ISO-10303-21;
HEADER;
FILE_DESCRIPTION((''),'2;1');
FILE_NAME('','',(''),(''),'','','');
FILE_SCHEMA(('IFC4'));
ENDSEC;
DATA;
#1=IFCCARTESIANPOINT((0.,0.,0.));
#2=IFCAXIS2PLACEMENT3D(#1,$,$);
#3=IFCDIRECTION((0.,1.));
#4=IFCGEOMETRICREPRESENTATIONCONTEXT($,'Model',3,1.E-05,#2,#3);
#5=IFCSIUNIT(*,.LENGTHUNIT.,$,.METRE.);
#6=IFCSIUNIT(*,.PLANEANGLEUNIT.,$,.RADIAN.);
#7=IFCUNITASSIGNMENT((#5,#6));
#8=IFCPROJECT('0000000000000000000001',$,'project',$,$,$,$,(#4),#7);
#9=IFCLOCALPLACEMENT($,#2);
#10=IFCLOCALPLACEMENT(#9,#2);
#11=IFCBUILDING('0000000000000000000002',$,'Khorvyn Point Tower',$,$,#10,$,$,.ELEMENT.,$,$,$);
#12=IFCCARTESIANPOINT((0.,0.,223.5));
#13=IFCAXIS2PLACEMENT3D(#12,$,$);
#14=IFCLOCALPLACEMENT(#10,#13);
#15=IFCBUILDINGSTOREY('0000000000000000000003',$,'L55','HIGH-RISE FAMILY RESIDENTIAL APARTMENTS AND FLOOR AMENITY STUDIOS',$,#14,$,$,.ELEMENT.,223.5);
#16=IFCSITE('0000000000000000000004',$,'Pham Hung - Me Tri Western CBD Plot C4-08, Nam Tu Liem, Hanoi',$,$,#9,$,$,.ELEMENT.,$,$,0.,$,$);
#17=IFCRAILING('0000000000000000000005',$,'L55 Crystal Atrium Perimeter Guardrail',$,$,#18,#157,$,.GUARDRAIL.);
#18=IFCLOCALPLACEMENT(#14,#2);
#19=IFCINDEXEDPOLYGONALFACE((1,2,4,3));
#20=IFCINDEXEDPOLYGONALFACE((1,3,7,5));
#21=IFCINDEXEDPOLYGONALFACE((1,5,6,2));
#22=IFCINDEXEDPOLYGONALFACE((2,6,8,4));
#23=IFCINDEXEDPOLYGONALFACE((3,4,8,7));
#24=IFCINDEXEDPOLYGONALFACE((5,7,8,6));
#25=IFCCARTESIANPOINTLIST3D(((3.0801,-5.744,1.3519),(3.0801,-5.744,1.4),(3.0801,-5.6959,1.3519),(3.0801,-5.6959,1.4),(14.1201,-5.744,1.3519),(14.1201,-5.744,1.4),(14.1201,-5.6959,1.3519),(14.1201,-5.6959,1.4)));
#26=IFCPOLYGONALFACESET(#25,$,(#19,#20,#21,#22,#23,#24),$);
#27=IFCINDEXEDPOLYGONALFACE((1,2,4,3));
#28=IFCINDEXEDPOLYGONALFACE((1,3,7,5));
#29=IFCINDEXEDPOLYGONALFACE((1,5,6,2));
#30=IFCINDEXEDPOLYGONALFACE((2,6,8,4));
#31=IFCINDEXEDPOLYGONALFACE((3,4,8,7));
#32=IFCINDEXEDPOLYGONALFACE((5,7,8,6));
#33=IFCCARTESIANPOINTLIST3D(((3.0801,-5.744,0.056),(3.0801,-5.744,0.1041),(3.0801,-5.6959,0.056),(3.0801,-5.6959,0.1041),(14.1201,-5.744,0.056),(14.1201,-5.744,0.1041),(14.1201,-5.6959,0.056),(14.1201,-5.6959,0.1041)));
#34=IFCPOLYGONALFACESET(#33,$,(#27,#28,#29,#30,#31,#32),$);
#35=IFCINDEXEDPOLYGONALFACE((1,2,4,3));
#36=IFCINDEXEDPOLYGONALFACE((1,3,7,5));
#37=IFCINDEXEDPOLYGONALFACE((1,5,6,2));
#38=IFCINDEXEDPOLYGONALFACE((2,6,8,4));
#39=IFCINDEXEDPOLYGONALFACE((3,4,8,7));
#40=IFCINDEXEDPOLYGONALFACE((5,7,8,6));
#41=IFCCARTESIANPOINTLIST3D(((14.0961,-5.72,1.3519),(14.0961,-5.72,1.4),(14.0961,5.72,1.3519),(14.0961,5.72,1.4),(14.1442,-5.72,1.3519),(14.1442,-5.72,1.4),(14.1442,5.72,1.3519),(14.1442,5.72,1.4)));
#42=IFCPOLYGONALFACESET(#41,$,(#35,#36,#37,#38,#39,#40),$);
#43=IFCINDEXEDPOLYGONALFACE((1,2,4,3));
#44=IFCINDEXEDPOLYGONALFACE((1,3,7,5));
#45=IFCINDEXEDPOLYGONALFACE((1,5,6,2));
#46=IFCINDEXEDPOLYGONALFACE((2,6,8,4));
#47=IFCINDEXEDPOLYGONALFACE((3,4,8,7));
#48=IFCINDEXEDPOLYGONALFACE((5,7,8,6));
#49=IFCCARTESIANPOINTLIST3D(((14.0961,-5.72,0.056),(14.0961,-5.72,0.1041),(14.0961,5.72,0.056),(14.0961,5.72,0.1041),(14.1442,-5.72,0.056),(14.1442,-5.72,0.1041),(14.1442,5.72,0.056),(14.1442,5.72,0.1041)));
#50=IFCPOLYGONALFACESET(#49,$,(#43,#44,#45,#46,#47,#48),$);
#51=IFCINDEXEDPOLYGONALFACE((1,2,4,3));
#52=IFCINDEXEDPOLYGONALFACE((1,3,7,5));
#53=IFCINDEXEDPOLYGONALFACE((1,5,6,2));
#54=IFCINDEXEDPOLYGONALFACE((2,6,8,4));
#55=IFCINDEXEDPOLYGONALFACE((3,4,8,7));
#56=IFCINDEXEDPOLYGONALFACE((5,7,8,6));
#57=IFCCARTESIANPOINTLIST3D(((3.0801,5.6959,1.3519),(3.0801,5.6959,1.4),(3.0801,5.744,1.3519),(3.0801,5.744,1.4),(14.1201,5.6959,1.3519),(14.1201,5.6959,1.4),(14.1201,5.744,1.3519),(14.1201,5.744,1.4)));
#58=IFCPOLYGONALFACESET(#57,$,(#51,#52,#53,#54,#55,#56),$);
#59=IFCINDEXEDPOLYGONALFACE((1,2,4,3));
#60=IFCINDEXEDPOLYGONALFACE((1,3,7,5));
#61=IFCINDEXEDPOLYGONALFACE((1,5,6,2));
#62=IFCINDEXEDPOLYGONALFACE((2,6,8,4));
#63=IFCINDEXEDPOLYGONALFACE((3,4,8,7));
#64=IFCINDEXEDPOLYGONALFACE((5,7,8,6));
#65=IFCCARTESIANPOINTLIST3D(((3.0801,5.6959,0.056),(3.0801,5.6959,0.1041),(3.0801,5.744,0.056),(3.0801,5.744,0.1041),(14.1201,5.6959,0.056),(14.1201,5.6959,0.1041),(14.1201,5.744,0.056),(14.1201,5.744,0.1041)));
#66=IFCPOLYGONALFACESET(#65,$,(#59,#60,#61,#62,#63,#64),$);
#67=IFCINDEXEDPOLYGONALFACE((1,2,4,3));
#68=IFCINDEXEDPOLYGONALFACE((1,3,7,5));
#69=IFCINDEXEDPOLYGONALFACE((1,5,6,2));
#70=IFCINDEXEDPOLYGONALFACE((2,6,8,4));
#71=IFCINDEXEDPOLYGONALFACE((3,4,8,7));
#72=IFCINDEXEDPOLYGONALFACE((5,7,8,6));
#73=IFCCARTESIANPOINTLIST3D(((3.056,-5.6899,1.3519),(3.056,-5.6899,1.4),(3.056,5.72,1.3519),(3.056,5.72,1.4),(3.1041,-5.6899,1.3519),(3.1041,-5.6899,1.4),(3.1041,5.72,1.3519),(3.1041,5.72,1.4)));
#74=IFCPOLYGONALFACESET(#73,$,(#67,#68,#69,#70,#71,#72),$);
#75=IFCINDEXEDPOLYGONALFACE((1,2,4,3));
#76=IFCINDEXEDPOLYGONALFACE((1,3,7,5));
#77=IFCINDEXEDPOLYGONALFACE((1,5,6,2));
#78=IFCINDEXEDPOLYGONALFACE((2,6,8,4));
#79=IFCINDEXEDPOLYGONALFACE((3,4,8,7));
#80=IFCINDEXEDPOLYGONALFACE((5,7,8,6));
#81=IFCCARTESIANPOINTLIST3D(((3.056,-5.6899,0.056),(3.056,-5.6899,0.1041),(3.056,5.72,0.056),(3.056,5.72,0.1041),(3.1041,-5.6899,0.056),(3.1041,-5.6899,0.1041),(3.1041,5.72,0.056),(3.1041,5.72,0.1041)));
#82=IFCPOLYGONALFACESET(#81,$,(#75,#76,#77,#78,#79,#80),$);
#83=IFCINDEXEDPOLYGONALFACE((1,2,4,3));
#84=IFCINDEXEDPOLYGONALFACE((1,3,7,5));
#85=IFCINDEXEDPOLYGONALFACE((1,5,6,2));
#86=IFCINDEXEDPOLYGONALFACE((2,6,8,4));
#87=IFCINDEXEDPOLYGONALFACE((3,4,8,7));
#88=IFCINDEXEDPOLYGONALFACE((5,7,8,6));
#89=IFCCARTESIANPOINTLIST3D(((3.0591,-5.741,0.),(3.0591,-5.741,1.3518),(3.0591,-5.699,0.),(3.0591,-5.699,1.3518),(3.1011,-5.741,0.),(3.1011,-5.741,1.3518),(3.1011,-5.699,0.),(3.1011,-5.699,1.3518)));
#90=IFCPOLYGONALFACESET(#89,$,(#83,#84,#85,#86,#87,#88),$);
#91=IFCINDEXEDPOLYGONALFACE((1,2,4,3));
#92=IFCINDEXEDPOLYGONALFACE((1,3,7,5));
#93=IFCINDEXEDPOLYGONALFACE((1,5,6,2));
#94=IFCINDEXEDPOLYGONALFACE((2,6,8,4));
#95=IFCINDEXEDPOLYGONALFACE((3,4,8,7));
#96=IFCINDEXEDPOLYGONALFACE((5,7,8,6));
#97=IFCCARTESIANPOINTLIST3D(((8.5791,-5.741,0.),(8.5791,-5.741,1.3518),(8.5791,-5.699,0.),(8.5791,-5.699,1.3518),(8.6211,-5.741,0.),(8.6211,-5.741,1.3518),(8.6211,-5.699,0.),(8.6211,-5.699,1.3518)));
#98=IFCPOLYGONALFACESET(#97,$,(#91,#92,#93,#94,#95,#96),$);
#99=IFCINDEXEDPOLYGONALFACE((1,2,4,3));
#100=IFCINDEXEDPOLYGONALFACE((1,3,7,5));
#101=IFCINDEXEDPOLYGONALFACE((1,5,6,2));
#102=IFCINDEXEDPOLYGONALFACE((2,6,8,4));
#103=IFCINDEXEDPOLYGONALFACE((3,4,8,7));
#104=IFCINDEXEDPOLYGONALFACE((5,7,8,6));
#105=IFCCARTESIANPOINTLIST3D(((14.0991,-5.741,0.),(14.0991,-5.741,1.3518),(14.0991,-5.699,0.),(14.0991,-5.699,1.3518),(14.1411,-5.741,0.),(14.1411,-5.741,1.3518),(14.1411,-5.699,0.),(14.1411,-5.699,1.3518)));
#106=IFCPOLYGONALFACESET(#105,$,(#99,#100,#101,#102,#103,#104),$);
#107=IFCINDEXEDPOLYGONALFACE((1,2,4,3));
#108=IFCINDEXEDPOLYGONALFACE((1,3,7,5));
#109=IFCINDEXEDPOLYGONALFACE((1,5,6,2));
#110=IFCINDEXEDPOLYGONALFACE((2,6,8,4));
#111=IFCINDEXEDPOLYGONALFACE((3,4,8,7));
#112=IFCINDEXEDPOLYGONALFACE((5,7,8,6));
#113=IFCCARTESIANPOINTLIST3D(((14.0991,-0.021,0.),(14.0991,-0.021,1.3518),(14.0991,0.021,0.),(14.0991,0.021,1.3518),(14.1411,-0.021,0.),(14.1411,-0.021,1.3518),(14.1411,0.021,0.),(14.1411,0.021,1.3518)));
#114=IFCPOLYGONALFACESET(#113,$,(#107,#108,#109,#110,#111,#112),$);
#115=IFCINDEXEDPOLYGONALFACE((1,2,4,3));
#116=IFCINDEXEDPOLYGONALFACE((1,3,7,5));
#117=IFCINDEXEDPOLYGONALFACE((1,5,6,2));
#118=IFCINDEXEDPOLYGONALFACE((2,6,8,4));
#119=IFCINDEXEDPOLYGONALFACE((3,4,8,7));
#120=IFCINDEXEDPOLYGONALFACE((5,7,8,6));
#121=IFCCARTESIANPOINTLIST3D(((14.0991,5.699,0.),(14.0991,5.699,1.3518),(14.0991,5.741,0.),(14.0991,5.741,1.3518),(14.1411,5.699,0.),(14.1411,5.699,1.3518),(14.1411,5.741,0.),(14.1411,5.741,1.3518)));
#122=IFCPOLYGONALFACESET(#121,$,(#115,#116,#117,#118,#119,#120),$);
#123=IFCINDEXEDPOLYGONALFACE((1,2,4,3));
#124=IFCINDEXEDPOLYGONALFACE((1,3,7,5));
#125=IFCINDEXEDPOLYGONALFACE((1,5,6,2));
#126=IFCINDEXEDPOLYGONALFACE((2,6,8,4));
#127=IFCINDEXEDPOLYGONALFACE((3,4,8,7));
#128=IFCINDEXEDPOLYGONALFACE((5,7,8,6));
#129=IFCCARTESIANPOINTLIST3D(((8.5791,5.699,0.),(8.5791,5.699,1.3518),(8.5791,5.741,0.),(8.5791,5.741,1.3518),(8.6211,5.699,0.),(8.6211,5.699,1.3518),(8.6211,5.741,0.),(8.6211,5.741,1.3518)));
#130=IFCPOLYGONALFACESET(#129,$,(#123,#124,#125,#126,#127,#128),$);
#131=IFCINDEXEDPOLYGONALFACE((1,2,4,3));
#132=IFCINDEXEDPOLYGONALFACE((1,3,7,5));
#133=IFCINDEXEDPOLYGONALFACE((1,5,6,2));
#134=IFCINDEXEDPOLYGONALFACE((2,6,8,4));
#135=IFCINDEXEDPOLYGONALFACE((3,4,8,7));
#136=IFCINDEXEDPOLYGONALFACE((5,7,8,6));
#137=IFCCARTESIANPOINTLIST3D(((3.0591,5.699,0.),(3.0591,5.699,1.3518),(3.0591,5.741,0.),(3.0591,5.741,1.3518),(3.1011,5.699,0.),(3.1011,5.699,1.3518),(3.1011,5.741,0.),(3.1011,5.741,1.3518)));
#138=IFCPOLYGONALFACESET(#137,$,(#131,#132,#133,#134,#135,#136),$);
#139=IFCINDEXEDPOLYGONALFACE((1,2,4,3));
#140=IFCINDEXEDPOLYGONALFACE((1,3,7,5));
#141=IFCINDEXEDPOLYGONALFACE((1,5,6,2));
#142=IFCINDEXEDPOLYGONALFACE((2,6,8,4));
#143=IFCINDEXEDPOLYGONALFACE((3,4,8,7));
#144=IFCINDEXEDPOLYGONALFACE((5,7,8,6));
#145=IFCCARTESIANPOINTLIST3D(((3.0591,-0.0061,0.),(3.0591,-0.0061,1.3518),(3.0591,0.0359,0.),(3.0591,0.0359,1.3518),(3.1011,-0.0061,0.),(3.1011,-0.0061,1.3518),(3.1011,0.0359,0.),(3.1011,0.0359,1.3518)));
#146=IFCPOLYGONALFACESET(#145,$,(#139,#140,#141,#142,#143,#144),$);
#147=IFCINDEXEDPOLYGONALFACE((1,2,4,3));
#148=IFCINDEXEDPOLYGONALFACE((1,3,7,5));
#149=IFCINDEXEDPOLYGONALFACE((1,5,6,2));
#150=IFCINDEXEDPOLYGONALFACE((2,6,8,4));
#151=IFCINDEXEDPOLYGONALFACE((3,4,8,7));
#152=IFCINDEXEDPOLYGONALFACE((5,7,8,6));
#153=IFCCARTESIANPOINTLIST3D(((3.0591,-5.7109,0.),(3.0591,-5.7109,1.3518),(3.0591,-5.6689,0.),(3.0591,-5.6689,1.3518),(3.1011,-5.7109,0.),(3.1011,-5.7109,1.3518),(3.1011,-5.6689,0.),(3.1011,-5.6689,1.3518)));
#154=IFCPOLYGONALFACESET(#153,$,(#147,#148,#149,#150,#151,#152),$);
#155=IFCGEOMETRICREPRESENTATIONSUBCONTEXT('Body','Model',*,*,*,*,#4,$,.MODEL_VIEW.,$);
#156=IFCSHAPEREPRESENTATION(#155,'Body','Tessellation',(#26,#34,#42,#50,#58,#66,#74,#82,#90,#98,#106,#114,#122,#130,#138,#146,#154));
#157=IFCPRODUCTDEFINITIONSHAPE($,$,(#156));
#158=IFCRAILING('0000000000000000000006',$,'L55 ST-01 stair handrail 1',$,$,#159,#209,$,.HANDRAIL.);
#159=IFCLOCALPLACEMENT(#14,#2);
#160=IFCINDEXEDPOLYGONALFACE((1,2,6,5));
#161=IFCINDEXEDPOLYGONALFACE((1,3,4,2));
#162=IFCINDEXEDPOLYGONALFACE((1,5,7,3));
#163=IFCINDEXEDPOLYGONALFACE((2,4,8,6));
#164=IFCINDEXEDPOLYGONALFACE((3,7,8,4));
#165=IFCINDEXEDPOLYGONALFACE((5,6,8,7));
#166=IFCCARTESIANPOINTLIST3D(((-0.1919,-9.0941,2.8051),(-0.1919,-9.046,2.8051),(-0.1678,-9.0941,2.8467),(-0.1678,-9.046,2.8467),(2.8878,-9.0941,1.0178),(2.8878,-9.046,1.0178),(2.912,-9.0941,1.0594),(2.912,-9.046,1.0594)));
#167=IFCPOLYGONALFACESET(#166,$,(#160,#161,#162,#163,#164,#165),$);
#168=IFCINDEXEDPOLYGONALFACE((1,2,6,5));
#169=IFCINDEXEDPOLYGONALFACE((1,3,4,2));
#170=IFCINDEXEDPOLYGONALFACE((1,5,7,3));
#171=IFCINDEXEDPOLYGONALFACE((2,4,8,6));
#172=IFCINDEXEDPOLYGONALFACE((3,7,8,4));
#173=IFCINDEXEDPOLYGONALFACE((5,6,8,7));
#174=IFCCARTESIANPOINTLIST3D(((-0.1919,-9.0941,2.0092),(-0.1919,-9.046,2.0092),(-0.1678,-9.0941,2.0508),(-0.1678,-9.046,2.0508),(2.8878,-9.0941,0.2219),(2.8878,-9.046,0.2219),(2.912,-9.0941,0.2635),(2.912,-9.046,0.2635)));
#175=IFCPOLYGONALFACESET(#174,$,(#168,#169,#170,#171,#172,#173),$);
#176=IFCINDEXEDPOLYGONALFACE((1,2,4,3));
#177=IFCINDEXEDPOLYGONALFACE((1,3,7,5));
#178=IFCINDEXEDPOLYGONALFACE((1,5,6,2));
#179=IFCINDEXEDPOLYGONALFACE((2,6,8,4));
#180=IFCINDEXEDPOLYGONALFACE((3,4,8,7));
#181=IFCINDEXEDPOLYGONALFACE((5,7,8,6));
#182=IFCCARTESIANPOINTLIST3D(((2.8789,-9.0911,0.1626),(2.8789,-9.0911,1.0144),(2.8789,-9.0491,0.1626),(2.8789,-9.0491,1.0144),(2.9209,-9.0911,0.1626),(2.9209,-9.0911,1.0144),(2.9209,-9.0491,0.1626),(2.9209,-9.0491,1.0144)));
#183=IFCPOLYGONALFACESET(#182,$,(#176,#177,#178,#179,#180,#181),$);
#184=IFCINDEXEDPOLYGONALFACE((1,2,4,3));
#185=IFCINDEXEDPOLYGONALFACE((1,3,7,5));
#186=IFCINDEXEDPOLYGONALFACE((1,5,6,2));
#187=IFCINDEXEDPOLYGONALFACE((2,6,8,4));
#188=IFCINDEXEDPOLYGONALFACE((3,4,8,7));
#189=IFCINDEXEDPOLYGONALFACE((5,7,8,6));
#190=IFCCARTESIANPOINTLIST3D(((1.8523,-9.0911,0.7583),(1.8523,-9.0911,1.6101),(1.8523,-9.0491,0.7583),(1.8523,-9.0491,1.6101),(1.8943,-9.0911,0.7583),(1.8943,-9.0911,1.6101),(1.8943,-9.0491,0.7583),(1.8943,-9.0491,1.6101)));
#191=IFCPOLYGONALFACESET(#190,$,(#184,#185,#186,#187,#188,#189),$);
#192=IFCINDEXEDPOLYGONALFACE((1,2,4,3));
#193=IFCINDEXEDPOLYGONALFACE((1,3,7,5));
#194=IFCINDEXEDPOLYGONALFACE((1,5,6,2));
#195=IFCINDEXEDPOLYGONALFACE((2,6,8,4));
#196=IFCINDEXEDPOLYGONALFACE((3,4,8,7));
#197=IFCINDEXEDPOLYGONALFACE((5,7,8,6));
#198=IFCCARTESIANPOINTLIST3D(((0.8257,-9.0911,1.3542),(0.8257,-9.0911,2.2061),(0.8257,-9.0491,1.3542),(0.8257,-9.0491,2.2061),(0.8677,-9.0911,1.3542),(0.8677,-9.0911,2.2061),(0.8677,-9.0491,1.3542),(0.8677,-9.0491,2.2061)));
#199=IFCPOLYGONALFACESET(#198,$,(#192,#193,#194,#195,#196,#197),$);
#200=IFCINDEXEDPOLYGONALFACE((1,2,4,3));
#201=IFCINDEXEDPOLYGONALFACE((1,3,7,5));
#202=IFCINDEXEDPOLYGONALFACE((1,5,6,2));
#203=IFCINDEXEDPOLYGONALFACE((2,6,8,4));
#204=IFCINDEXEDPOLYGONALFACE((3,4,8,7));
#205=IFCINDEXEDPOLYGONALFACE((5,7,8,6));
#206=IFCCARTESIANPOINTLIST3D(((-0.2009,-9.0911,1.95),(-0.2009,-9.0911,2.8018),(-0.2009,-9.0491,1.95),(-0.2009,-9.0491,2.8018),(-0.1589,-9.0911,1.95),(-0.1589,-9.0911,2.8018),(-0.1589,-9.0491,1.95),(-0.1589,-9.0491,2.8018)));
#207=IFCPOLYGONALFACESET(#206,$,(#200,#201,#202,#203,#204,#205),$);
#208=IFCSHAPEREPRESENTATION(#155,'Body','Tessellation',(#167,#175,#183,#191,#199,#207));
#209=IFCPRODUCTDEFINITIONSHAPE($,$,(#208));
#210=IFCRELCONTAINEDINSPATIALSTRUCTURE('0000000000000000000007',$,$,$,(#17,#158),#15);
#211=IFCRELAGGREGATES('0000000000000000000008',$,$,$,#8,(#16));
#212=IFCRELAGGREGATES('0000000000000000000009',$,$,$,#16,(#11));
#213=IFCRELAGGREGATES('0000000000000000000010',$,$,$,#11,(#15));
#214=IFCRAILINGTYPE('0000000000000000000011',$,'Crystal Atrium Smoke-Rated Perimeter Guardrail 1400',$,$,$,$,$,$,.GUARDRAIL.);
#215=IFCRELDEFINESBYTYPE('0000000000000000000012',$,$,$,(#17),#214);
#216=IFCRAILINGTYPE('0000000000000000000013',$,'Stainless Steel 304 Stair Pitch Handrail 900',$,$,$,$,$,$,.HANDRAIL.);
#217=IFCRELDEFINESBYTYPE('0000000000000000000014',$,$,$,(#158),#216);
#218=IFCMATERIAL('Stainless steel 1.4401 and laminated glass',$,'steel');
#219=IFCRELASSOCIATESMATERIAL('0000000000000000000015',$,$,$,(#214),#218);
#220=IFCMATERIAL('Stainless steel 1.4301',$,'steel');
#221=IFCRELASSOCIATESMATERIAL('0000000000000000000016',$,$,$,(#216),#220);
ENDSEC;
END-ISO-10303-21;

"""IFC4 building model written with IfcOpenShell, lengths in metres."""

from ifc_helpers import new_model, si_unit, direction, frame, origin, origin_2d, place, context, subcontext, project, spatial, rectangle, extrude, material, type_object, element, save


model = new_model("IFC4")

# Units and contexts
model_context = context("Model", 3, precision=1e-05, world=origin(), true_north=direction((0.0, 1.0)))
body_context = subcontext(model_context, "Body", "Model", "MODEL_VIEW")
ifc_project = project(units=[si_unit("LENGTHUNIT", "METRE"), si_unit("PLANEANGLEUNIT", "RADIAN")], contexts=[model_context])

# Site, building, storey
site_placement = place(None, origin())
site = spatial("IfcSite", under=ifc_project, at=site_placement, Name="Pham Hung - Me Tri Western CBD Plot C4-08, Nam Tu Liem, Hanoi", CompositionType="ELEMENT", RefElevation=0.0)
building_placement = place(site_placement, origin())
building = spatial("IfcBuilding", under=site, at=building_placement, Name="Khorvyn Point Tower", CompositionType="ELEMENT")
storey_placement = place(building_placement, frame((0.0, 0.0, 223.5)))
storey = spatial("IfcBuildingStorey", under=building, at=storey_placement, Name="L55", Description="HIGH-RISE FAMILY RESIDENTIAL APARTMENTS AND FLOOR AMENITY STUDIOS", CompositionType="ELEMENT", Elevation=223.5)

# Shared definitions
ifc_material_1 = material(Name="Stainless steel 1.4301", Category="steel")

# Railings
ifc_material_2 = material(Name="Stainless steel 1.4401 and laminated glass", Category="steel")
railing_type_1 = type_object("IfcRailingType", Name="Crystal Atrium Smoke-Rated Perimeter Guardrail 1400", PredefinedType="GUARDRAIL", material=ifc_material_2)
railing_1_placement = place(storey_placement, frame((3.0801, -5.72, 0.0)))
element("IfcRailing", 1, at=railing_1_placement, inside=storey, type_object=railing_type_1, Name="L55 Crystal Atrium Perimeter Guardrail", PredefinedType="GUARDRAIL", context=body_context, shape_type="SweptSolid", body=[
    extrude(rectangle(XDim=0.0481, YDim=0.0481, at=origin_2d()), frame((0.0, 0.0, 1.376), z_axis=(1.0, 0.0, 0.0), x_axis=(0.0, 1.0, 0.0)), (0.0, 0.0, 1.0), 11.04),
    extrude(rectangle(XDim=0.0481, YDim=0.0481, at=origin_2d()), frame((0.0, 0.0, 0.0801), z_axis=(1.0, 0.0, 0.0), x_axis=(0.0, 1.0, 0.0)), (0.0, 0.0, 1.0), 11.04),
    extrude(rectangle(XDim=0.0481, YDim=0.0481, at=origin_2d()), frame((11.04, 0.0, 1.376), z_axis=(0.0, 1.0, 0.0), x_axis=(-1.0, 0.0, 0.0)), (0.0, 0.0, 1.0), 11.4399),
    extrude(rectangle(XDim=0.0481, YDim=0.0481, at=origin_2d()), frame((11.04, 0.0, 0.0801), z_axis=(0.0, 1.0, 0.0), x_axis=(-1.0, 0.0, 0.0)), (0.0, 0.0, 1.0), 11.4399),
    extrude(rectangle(XDim=0.0481, YDim=0.0481, at=origin_2d()), frame((11.04, 11.4399, 1.376), z_axis=(-1.0, 0.0, 0.0), x_axis=(0.0, -1.0, 0.0)), (0.0, 0.0, 1.0), 11.04),
    extrude(rectangle(XDim=0.0481, YDim=0.0481, at=origin_2d()), frame((11.04, 11.4399, 0.0801), z_axis=(-1.0, 0.0, 0.0), x_axis=(0.0, -1.0, 0.0)), (0.0, 0.0, 1.0), 11.04),
    extrude(rectangle(XDim=0.0481, YDim=0.0481, at=origin_2d()), frame((0.0, 11.4399, 1.376), z_axis=(0.0, -1.0, 0.0), x_axis=(1.0, 0.0, 0.0)), (0.0, 0.0, 1.0), 11.4099),
    extrude(rectangle(XDim=0.0481, YDim=0.0481, at=origin_2d()), frame((0.0, 11.4399, 0.0801), z_axis=(0.0, -1.0, 0.0), x_axis=(1.0, 0.0, 0.0)), (0.0, 0.0, 1.0), 11.4099),
    extrude(rectangle(XDim=0.042, YDim=0.042, at=origin_2d()), origin(), (0.0, 0.0, 1.0), 1.3518),
    extrude(rectangle(XDim=0.042, YDim=0.042, at=origin_2d()), frame((5.52, 0.0, 0.0)), (0.0, 0.0, 1.0), 1.3518),
    extrude(rectangle(XDim=0.042, YDim=0.042, at=origin_2d()), frame((11.04, 0.0, 0.0)), (0.0, 0.0, 1.0), 1.3518),
    extrude(rectangle(XDim=0.042, YDim=0.042, at=origin_2d()), frame((11.04, 5.72, 0.0)), (0.0, 0.0, 1.0), 1.3518),
    extrude(rectangle(XDim=0.042, YDim=0.042, at=origin_2d()), frame((11.04, 11.4399, 0.0)), (0.0, 0.0, 1.0), 1.3518),
    extrude(rectangle(XDim=0.042, YDim=0.042, at=origin_2d()), frame((5.52, 11.4399, 0.0)), (0.0, 0.0, 1.0), 1.3518),
    extrude(rectangle(XDim=0.042, YDim=0.042, at=origin_2d()), frame((0.0, 11.4399, 0.0)), (0.0, 0.0, 1.0), 1.3518),
    extrude(rectangle(XDim=0.042, YDim=0.042, at=origin_2d()), frame((0.0, 5.7349, 0.0)), (0.0, 0.0, 1.0), 1.3518),
    extrude(rectangle(XDim=0.042, YDim=0.042, at=origin_2d()), frame((0.0, 0.03, 0.0)), (0.0, 0.0, 1.0), 1.3518),
])
railing_type_2 = type_object("IfcRailingType", Name="Stainless Steel 304 Stair Pitch Handrail 900", PredefinedType="HANDRAIL", material=ifc_material_1)
railing_2_placement = place(storey_placement, frame((2.8999, -9.0701, 0.1626)))
element("IfcRailing", 2, at=railing_2_placement, inside=storey, type_object=railing_type_2, Name="L55 ST-01 stair handrail 1", PredefinedType="HANDRAIL", context=body_context, shape_type="SweptSolid", body=[
    extrude(rectangle(XDim=0.0481, YDim=0.0481, at=origin_2d()), frame((0.0, 0.0, 0.876), z_axis=(-0.864903, 0.0, 0.501939), x_axis=(0.0, -1.0, 0.0)), (0.0, 0.0, 1.0), 3.5608),
    extrude(rectangle(XDim=0.0481, YDim=0.0481, at=origin_2d()), frame((0.0, 0.0, 0.0801), z_axis=(-0.864903, 0.0, 0.501939), x_axis=(0.0, -1.0, 0.0)), (0.0, 0.0, 1.0), 3.5608),
    extrude(rectangle(XDim=0.042, YDim=0.042, at=origin_2d()), origin(), (0.0, 0.0, 1.0), 0.8518),
    extrude(rectangle(XDim=0.042, YDim=0.042, at=origin_2d()), frame((-1.0266, 0.0, 0.5957)), (0.0, 0.0, 1.0), 0.8518),
    extrude(rectangle(XDim=0.042, YDim=0.042, at=origin_2d()), frame((-2.0532, 0.0, 1.1917)), (0.0, 0.0, 1.0), 0.8518),
    extrude(rectangle(XDim=0.042, YDim=0.042, at=origin_2d()), frame((-3.0798, 0.0, 1.7874)), (0.0, 0.0, 1.0), 0.8518),
])

save(model, "model.ifc")
